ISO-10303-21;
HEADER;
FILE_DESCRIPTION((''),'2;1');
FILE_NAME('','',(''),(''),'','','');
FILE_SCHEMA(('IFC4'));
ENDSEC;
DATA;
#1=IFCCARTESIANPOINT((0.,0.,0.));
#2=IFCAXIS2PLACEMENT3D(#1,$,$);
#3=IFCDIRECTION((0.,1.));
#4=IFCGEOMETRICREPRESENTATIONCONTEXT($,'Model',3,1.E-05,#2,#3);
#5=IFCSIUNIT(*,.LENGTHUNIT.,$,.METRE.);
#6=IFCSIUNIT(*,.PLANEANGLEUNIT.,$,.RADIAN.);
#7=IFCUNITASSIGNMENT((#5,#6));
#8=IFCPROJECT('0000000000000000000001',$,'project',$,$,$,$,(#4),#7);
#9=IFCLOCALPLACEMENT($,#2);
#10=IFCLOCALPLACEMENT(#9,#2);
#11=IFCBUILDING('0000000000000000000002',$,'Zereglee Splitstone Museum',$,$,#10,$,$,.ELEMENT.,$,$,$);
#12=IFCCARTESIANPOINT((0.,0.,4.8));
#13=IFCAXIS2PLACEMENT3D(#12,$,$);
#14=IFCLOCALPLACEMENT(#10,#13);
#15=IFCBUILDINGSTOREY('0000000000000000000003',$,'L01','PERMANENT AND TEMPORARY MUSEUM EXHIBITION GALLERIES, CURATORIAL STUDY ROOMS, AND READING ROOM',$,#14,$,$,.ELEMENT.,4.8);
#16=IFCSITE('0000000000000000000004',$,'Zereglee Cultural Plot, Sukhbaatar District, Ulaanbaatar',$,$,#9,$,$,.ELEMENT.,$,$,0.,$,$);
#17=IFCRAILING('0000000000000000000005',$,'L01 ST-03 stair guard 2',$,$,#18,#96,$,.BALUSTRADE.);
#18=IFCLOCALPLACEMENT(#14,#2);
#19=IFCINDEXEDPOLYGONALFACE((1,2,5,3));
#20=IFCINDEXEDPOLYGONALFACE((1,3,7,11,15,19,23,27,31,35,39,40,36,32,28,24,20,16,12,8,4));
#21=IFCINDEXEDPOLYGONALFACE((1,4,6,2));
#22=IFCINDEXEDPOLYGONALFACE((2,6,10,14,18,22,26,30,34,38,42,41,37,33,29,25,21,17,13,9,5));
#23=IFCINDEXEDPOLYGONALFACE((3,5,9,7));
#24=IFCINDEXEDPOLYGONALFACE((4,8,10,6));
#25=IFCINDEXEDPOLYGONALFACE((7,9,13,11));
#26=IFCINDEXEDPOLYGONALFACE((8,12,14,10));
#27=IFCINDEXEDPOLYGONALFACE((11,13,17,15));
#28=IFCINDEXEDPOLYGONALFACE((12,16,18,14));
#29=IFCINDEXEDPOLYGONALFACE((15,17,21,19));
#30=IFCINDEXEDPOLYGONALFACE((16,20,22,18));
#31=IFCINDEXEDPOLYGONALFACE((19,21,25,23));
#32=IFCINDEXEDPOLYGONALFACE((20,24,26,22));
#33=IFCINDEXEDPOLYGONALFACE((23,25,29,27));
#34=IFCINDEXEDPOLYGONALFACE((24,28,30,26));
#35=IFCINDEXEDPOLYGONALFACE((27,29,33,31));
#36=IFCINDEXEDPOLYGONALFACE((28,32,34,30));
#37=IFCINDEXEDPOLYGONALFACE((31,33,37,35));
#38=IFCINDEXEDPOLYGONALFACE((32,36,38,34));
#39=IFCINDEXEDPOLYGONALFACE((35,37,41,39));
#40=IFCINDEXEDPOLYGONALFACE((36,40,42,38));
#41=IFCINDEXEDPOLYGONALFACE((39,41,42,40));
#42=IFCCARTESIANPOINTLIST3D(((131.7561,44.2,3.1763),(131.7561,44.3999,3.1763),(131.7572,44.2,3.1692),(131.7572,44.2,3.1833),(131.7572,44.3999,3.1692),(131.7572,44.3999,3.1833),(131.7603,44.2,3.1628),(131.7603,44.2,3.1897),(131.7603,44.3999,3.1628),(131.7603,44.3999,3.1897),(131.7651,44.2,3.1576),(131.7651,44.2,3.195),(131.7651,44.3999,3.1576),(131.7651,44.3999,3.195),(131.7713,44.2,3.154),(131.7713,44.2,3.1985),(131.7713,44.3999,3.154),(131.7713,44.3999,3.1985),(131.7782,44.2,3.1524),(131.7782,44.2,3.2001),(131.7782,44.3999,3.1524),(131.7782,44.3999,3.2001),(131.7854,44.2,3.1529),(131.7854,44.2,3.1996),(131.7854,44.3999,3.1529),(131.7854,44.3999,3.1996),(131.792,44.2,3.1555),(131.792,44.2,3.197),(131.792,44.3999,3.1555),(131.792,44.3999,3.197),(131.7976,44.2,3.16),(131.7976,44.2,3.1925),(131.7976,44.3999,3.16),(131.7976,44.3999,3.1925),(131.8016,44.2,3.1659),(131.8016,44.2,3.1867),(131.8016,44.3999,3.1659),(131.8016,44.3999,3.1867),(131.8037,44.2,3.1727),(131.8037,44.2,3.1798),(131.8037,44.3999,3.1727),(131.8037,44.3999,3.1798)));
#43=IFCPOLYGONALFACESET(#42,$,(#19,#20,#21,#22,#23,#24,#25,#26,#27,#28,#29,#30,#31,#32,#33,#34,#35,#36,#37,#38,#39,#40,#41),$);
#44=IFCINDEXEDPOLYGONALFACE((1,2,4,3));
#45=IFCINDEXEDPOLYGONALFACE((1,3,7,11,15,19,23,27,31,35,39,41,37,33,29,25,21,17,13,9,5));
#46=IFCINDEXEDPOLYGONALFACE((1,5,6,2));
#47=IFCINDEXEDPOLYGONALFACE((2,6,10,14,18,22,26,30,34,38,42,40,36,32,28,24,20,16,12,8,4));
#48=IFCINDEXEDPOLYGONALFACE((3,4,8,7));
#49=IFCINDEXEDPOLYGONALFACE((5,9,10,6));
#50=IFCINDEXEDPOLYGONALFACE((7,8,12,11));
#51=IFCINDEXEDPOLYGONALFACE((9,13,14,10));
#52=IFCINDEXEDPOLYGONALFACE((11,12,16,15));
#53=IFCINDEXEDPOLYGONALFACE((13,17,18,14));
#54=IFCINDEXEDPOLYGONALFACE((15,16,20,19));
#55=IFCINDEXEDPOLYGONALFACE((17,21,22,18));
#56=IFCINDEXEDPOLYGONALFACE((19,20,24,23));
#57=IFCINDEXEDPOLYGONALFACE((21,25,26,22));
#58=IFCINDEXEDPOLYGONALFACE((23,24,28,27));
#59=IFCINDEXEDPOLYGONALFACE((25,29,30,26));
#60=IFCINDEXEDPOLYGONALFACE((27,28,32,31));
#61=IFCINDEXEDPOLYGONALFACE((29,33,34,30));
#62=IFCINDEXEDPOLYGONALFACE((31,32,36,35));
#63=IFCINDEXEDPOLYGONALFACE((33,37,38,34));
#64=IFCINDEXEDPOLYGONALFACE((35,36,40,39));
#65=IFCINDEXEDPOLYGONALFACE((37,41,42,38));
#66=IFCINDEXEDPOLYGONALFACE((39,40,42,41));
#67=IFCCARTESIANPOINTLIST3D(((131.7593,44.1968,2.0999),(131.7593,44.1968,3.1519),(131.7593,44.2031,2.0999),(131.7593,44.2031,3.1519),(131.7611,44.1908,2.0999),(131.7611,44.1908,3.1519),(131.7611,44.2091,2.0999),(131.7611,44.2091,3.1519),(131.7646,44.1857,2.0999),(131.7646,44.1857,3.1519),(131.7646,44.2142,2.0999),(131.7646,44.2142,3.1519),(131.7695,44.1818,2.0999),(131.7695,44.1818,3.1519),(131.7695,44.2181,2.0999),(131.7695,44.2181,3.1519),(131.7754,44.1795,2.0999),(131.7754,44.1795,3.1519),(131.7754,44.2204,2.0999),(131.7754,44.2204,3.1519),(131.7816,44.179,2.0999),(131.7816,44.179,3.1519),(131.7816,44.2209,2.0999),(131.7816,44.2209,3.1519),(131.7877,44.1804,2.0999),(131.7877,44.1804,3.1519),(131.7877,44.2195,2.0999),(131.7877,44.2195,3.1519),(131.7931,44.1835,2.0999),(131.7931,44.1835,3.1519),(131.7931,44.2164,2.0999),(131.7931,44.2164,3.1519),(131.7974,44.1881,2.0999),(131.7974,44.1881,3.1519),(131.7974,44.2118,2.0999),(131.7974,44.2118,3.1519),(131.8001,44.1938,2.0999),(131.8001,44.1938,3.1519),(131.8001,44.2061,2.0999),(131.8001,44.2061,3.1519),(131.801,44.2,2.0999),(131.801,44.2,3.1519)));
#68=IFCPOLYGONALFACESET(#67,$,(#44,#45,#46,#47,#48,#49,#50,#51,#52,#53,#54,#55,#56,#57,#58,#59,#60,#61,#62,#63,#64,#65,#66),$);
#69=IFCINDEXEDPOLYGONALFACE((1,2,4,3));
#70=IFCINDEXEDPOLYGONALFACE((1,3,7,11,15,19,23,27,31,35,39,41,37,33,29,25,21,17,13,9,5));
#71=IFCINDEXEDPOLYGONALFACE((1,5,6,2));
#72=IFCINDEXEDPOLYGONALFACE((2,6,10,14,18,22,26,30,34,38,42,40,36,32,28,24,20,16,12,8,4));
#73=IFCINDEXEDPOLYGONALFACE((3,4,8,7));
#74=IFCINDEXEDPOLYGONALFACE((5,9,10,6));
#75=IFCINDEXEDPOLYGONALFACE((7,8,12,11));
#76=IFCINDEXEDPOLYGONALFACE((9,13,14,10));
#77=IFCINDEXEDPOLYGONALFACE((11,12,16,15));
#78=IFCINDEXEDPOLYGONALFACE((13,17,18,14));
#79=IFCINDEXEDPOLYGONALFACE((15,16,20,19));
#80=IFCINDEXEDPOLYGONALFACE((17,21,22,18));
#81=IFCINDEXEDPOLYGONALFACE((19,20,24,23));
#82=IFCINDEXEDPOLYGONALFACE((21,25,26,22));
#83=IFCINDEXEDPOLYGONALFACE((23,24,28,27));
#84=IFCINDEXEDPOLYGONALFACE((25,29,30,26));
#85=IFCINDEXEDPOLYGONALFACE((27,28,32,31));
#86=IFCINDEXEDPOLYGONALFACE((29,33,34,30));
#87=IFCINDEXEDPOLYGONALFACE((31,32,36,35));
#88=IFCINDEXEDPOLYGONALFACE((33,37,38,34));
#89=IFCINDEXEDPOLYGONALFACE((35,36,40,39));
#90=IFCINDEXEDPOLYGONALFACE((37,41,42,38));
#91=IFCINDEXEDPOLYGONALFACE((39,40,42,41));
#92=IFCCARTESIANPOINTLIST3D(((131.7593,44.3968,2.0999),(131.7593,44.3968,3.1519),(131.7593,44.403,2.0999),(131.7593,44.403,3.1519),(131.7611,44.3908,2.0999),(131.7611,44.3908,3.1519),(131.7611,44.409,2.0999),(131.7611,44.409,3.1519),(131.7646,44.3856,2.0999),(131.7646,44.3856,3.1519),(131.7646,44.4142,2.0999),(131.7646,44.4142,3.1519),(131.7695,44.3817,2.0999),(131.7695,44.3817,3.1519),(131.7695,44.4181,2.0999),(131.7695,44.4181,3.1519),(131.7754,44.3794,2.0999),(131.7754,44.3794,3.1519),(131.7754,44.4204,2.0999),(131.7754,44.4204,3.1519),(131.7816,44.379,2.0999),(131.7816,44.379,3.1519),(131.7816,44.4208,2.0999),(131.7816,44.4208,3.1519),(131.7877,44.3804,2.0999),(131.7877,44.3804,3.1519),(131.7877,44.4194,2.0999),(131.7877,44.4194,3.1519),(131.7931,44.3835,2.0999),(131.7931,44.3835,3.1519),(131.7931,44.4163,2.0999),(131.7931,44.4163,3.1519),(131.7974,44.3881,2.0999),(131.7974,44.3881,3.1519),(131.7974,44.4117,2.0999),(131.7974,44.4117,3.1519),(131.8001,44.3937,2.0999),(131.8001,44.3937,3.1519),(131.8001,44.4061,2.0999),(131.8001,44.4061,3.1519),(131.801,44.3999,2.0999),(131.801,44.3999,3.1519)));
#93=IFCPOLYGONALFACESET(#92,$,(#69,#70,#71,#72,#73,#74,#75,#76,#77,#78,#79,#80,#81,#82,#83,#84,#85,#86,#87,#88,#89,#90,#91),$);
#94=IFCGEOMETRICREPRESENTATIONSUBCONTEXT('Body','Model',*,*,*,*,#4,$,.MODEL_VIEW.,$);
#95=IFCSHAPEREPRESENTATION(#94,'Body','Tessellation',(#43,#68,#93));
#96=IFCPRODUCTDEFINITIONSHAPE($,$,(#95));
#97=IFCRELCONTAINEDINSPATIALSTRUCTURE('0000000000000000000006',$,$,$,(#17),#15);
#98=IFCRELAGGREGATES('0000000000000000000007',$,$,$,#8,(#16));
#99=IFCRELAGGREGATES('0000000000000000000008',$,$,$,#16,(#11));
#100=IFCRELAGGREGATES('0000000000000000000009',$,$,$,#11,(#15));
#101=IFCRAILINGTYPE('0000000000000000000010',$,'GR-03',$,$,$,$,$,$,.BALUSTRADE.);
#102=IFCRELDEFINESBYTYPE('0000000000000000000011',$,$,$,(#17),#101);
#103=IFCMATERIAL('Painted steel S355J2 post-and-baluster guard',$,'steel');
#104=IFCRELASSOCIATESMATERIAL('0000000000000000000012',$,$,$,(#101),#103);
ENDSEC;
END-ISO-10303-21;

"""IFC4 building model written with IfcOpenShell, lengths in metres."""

from ifc_helpers import new_model, si_unit, direction, frame, origin, origin_2d, place, context, subcontext, project, spatial, circle, extrude, material, type_object, element, save


model = new_model("IFC4")

# Units and contexts
model_context = context("Model", 3, precision=1e-05, world=origin(), true_north=direction((0.0, 1.0)))
body_context = subcontext(model_context, "Body", "Model", "MODEL_VIEW")
ifc_project = project(units=[si_unit("LENGTHUNIT", "METRE"), si_unit("PLANEANGLEUNIT", "RADIAN")], contexts=[model_context])

# Site, building, storey
site_placement = place(None, origin())
site = spatial("IfcSite", under=ifc_project, at=site_placement, Name="Zereglee Cultural Plot, Sukhbaatar District, Ulaanbaatar", CompositionType="ELEMENT", RefElevation=0.0)
building_placement = place(site_placement, origin())
building = spatial("IfcBuilding", under=site, at=building_placement, Name="Zereglee Splitstone Museum", CompositionType="ELEMENT")
storey_placement = place(building_placement, frame((0.0, 0.0, 4.8)))
storey = spatial("IfcBuildingStorey", under=building, at=storey_placement, Name="L01", Description="PERMANENT AND TEMPORARY MUSEUM EXHIBITION GALLERIES, CURATORIAL STUDY ROOMS, AND READING ROOM", CompositionType="ELEMENT", Elevation=4.8)

# Railing
ifc_material_1 = material(Name="Painted steel S355J2 post-and-baluster guard", Category="steel")
railing_type_1 = type_object("IfcRailingType", Name="GR-03", PredefinedType="BALUSTRADE", material=ifc_material_1)
railing_1_placement = place(storey_placement, frame((131.78, 44.2, 2.0999)))
element("IfcRailing", 1, at=railing_1_placement, inside=storey, type_object=railing_type_1, Name="L01 ST-03 stair guard 2", PredefinedType="BALUSTRADE", context=body_context, shape_type="SweptSolid", body=[
    extrude(circle(Radius=0.0239, at=origin_2d()), frame((0.0, 0.0, 1.0764), z_axis=(0.0, 1.0, 0.0), x_axis=(-1.0, 0.0, 0.0)), (0.0, 0.0, 1.0), 0.2),
    extrude(circle(Radius=0.021, at=origin_2d()), origin(), (0.0, 0.0, 1.0), 1.052),
    extrude(circle(Radius=0.021, at=origin_2d()), frame((0.0, 0.2, 0.0)), (0.0, 0.0, 1.0), 1.052),
])

save(model, "model.ifc")
